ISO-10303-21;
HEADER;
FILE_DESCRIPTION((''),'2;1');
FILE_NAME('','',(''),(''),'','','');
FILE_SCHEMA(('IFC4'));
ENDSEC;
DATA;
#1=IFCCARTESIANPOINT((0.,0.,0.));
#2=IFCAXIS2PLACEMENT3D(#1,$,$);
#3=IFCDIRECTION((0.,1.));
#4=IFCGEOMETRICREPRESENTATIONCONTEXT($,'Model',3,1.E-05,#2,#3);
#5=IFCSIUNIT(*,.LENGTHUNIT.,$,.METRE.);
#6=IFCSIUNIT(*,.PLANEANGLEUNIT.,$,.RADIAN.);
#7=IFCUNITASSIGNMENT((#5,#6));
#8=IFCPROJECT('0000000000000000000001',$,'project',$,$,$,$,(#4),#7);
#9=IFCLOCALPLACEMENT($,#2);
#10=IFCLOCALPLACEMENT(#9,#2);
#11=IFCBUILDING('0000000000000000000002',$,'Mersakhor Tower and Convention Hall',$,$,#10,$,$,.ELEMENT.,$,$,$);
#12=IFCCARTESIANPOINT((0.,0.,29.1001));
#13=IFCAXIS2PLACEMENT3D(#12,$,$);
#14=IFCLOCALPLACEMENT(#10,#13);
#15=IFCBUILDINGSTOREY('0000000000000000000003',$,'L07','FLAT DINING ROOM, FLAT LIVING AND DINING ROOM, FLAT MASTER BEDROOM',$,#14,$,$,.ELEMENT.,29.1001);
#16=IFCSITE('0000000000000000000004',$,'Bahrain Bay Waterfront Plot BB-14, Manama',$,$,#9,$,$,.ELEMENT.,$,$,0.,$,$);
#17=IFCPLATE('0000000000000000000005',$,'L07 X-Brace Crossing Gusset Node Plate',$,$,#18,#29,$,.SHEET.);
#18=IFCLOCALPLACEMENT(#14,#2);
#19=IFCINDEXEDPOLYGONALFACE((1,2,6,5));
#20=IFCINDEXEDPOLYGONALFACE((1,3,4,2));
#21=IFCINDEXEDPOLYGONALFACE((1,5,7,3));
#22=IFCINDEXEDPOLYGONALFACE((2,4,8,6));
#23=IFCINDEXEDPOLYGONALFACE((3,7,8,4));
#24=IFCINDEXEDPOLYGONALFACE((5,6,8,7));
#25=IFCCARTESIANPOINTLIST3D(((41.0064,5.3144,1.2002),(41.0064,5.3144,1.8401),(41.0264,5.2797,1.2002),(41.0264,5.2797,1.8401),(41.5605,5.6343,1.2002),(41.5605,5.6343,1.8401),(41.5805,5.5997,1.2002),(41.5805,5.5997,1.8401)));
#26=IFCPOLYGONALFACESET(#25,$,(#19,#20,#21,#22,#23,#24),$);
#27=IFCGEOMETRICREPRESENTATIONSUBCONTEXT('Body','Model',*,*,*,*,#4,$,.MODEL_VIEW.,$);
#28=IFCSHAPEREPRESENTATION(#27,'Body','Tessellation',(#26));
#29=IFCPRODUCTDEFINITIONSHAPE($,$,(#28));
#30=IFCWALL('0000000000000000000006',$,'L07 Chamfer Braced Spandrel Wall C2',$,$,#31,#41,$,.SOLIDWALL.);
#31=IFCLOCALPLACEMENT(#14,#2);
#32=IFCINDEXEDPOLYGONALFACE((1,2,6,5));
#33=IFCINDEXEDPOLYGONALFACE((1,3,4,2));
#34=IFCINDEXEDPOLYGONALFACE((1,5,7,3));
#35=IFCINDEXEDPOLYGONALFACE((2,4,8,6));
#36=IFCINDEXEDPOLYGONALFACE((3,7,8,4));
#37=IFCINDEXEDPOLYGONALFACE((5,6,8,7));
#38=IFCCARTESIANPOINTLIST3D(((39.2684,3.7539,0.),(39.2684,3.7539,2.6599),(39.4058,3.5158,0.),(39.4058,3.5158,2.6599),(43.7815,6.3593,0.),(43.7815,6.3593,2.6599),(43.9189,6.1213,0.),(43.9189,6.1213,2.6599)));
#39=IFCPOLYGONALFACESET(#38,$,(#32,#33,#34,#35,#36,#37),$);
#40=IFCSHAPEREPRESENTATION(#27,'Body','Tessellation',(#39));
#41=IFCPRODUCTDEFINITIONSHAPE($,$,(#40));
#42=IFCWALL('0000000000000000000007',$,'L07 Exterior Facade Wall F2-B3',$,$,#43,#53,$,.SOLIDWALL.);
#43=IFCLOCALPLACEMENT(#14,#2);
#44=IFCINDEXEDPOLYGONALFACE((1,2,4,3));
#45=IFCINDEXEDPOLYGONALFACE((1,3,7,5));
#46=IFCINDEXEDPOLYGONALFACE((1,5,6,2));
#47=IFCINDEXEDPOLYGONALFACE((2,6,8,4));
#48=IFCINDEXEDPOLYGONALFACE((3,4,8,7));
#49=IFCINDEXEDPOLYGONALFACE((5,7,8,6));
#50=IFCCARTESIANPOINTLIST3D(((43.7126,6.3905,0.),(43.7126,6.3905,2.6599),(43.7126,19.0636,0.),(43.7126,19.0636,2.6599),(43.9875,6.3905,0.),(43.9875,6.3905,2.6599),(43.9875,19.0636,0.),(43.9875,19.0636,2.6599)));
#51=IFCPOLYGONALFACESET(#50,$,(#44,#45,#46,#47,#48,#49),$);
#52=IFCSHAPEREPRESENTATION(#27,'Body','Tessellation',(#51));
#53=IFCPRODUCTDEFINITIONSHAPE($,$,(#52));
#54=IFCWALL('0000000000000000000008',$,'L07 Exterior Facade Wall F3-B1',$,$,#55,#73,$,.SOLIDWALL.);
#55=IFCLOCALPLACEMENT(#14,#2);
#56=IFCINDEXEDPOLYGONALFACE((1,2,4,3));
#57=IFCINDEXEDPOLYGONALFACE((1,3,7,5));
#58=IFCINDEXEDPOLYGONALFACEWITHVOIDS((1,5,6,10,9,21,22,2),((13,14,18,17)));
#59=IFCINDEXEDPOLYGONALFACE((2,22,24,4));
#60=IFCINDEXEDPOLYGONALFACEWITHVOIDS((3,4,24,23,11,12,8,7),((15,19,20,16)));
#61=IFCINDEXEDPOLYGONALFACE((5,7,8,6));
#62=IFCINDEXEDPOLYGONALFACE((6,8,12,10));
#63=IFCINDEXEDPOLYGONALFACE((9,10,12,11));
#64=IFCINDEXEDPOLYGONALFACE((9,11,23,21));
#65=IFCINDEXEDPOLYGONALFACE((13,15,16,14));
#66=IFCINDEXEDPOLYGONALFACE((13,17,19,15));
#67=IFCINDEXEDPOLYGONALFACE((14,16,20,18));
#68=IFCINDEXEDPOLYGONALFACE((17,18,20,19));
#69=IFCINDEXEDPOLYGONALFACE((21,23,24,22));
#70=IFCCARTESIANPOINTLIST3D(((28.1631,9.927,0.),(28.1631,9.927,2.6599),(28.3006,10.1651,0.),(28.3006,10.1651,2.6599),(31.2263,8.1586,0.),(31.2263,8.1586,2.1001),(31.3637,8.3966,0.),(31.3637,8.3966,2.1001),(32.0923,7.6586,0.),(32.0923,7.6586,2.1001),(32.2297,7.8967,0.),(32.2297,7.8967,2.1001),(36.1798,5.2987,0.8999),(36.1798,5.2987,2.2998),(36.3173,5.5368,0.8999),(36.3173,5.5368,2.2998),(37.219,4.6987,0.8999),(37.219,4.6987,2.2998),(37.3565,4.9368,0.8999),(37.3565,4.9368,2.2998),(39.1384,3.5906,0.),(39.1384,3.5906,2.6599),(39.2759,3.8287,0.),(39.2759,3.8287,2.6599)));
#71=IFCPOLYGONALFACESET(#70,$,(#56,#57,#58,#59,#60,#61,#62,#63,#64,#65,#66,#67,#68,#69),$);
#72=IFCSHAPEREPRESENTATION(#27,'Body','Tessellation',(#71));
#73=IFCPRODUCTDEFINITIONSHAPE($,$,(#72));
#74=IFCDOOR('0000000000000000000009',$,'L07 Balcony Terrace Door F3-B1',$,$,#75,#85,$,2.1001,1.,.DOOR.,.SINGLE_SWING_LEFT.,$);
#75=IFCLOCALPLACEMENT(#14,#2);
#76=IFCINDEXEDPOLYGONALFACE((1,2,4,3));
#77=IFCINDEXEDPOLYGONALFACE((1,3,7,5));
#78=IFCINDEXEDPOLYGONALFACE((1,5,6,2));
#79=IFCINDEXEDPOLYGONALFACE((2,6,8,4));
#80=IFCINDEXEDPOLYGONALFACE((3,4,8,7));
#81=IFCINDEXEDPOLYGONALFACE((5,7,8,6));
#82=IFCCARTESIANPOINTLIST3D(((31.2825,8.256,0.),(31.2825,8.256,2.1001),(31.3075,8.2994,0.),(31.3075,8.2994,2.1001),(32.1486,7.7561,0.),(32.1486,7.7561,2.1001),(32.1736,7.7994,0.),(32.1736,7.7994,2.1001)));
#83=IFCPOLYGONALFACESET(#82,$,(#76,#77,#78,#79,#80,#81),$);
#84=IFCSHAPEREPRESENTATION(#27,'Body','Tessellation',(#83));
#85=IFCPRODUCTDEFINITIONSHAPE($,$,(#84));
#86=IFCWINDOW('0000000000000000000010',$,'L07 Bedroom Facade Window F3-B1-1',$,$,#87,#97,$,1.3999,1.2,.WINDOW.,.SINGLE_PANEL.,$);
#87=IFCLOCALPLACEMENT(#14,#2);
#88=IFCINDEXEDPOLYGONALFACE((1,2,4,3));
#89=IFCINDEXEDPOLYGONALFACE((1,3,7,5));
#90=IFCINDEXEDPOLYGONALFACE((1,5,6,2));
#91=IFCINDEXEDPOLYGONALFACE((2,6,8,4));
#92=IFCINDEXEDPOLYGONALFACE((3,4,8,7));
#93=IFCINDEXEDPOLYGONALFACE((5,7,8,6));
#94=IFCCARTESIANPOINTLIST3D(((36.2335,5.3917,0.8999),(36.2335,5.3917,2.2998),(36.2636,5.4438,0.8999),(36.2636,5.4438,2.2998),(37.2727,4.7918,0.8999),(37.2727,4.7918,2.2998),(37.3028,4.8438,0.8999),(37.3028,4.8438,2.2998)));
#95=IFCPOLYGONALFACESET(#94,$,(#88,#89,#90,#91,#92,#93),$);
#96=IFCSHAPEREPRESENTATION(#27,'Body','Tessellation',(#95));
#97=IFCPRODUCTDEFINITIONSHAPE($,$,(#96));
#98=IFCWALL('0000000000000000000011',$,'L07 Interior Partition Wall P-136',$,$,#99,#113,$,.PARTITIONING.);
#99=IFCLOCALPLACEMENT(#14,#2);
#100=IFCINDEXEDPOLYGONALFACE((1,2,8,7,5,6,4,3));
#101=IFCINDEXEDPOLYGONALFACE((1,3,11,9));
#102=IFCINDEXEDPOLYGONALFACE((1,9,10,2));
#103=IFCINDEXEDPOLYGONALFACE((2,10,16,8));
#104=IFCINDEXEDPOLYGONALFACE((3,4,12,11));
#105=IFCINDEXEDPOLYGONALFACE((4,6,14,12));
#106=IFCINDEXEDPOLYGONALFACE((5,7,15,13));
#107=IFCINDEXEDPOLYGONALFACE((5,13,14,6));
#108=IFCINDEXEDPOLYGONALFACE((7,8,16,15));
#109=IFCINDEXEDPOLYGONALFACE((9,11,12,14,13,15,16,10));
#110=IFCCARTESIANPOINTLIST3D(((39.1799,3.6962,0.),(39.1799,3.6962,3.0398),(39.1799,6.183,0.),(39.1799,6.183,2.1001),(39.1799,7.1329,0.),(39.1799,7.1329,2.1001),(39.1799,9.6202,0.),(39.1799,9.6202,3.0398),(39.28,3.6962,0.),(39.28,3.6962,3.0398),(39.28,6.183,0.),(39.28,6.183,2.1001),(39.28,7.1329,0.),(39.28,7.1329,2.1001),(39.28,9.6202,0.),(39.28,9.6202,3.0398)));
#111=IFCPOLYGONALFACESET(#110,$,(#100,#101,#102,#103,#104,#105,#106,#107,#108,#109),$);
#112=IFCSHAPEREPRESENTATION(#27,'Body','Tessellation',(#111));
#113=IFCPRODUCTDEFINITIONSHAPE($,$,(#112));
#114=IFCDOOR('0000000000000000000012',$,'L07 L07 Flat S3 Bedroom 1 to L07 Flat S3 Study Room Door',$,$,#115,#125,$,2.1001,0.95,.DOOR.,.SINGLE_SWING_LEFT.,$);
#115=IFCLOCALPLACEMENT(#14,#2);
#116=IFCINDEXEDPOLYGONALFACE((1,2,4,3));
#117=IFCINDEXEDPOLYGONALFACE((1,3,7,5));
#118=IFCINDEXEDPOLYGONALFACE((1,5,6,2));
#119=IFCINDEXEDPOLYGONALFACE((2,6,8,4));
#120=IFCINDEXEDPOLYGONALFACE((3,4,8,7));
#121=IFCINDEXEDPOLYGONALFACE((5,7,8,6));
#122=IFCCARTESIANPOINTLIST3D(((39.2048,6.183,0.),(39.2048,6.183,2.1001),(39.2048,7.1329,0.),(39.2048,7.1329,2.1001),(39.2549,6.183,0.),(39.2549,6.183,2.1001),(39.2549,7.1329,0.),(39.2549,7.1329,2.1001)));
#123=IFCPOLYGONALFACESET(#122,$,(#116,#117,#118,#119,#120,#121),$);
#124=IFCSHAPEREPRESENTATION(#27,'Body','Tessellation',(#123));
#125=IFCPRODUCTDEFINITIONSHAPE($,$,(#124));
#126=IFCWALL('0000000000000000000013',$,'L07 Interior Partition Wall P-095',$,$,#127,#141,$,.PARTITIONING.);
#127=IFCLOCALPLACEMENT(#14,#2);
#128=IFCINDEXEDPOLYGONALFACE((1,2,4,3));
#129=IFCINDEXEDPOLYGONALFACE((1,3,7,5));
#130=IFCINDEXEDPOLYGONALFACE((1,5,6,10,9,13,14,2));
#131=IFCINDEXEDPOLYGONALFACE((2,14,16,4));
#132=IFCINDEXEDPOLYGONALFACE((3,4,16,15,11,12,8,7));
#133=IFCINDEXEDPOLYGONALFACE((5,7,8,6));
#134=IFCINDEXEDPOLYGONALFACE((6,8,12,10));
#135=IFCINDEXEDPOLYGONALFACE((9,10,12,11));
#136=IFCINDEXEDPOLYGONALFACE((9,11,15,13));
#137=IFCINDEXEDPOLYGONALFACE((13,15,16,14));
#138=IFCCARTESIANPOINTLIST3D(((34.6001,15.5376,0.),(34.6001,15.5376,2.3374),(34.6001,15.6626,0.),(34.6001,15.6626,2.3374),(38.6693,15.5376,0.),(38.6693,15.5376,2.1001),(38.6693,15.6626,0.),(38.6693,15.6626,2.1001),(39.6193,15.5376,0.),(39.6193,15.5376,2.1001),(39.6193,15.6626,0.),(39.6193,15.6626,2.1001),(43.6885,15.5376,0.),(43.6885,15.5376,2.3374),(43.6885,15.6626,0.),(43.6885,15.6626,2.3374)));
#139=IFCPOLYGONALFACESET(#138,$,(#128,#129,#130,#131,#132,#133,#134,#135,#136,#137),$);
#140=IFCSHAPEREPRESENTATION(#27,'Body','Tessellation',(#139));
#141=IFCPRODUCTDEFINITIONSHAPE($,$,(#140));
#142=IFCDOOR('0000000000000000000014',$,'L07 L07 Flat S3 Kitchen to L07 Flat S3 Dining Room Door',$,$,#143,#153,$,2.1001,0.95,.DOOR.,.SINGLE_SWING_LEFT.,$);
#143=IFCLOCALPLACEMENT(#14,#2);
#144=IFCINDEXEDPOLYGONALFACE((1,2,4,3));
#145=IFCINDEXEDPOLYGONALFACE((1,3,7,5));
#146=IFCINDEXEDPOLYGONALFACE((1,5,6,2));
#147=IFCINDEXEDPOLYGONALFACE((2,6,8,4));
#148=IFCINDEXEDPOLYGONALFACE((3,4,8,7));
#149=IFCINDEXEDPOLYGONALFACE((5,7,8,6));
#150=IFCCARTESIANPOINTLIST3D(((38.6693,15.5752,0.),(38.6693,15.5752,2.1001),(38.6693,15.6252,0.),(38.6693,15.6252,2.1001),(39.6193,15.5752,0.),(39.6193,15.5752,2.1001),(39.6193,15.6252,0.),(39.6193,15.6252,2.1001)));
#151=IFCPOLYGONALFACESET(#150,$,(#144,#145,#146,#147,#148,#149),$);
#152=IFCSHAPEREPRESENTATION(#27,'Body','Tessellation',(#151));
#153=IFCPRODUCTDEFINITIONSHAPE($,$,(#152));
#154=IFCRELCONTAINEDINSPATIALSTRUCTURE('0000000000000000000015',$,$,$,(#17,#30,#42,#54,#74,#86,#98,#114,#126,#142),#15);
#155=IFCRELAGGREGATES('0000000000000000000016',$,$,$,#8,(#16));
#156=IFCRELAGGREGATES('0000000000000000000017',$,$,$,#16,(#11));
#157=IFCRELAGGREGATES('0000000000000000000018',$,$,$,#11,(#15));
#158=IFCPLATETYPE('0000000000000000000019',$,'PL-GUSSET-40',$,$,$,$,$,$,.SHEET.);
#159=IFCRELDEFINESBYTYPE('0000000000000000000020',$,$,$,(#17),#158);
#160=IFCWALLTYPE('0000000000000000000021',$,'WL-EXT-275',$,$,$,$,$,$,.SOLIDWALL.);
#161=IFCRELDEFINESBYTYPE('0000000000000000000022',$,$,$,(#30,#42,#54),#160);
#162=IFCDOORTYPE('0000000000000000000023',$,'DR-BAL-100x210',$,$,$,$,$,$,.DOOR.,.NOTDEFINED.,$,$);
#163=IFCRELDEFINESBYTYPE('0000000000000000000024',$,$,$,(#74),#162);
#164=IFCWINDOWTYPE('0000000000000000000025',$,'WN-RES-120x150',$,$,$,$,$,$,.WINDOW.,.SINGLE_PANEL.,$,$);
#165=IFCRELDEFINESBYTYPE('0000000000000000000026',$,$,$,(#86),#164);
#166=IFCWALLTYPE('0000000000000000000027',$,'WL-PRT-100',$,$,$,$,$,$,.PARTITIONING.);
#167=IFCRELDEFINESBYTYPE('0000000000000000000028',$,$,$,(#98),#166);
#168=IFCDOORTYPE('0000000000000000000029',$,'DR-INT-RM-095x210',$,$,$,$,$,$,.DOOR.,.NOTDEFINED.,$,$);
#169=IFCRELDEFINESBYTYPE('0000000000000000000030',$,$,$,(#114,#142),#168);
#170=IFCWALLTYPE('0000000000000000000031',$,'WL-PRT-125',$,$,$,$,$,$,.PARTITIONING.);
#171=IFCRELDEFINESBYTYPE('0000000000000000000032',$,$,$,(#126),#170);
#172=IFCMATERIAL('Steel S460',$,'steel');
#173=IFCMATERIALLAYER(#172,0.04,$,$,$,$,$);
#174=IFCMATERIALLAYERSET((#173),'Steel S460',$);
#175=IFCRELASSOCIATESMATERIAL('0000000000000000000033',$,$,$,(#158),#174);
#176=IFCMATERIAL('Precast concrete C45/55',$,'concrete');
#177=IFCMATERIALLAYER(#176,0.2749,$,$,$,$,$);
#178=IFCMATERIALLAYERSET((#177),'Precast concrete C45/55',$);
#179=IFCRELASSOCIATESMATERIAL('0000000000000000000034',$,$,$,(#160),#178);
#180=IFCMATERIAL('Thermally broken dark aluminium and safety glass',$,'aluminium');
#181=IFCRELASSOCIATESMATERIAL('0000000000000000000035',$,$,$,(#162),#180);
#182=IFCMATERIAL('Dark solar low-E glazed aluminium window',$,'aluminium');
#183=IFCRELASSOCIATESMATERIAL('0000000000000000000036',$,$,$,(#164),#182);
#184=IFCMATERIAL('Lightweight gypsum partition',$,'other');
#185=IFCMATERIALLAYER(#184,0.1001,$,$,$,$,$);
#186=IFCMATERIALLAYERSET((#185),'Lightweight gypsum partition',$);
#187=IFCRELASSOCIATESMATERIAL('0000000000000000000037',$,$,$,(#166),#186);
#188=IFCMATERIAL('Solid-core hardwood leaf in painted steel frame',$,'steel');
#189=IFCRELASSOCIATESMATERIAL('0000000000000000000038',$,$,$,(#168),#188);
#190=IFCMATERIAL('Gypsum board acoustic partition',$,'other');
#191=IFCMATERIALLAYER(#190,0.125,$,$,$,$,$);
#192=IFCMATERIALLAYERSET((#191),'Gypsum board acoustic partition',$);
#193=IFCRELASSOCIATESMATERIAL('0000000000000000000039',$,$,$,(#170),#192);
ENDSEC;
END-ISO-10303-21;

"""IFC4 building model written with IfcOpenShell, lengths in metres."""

from ifc_helpers import new_model, si_unit, direction, frame, frame_2d, origin, origin_2d, place, context, subcontext, project, spatial, rectangle, extrude, material, layer, layer_set, type_object, element, fill, save


model = new_model("IFC4")

# Units and contexts
model_context = context("Model", 3, precision=1e-05, world=origin(), true_north=direction((0.0, 1.0)))
body_context = subcontext(model_context, "Body", "Model", "MODEL_VIEW")
ifc_project = project(units=[si_unit("LENGTHUNIT", "METRE"), si_unit("PLANEANGLEUNIT", "RADIAN")], contexts=[model_context])

# Site, building, storey
site_placement = place(None, origin())
site = spatial("IfcSite", under=ifc_project, at=site_placement, Name="Bahrain Bay Waterfront Plot BB-14, Manama", CompositionType="ELEMENT", RefElevation=0.0)
building_placement = place(site_placement, origin())
building = spatial("IfcBuilding", under=site, at=building_placement, Name="Mersakhor Tower and Convention Hall", CompositionType="ELEMENT")
storey_placement = place(building_placement, frame((0.0, 0.0, 29.1001)))
storey = spatial("IfcBuildingStorey", under=building, at=storey_placement, Name="L07", Description="FLAT DINING ROOM, FLAT LIVING AND DINING ROOM, FLAT MASTER BEDROOM", CompositionType="ELEMENT", Elevation=29.1001)

# Plate
ifc_material_1 = material(Name="Steel S460", Category="steel")
ifc_layer_1 = layer(ifc_material_1, 0.04)
ifc_layer_set_1 = layer_set([ifc_layer_1], Name="Steel S460")
plate_type_1 = type_object("IfcPlateType", Name="PL-GUSSET-40", PredefinedType="SHEET", material=ifc_layer_set_1)
plate_1_placement = place(storey_placement, frame((41.2935, 5.457, 1.2002), z_axis=(0.0, 0.0, 1.0), x_axis=(0.866025, 0.5, 0.0)))
element("IfcPlate", 1, at=plate_1_placement, inside=storey, type_object=plate_type_1, Name="L07 X-Brace Crossing Gusset Node Plate", PredefinedType="SHEET", context=body_context, shape_type="SweptSolid", body=[
    extrude(rectangle(XDim=0.6399, YDim=0.04, at=origin_2d()), origin(), (0.0, 0.0, 1.0), 0.6399),
])

# Walls
ifc_material_2 = material(Name="Precast concrete C45/55", Category="concrete")
ifc_layer_2 = layer(ifc_material_2, 0.2749)
ifc_layer_set_2 = layer_set([ifc_layer_2], Name="Precast concrete C45/55")
wall_type_1 = type_object("IfcWallType", Name="WL-EXT-275", PredefinedType="SOLIDWALL", material=ifc_layer_set_2)
wall_1_placement = place(storey_placement, frame((43.8501, 6.2402, 0.0), z_axis=(0.0, 0.0, 1.0), x_axis=(-0.866044, -0.499968, 0.0)))
element("IfcWall", 2, at=wall_1_placement, inside=storey, type_object=wall_type_1, Name="L07 Chamfer Braced Spandrel Wall C2", PredefinedType="SOLIDWALL", context=body_context, shape_type="SweptSolid", body=[
    extrude(rectangle(XDim=5.2112, YDim=0.2749, at=frame_2d((2.6055, 0.0))), origin(), (0.0, 0.0, 1.0), 2.6599),
])
wall_2_placement = place(storey_placement, frame((43.8501, 19.0635, 0.0), z_axis=(0.0, 0.0, 1.0), x_axis=(0.0, -1.0, 0.0)))
element("IfcWall", 3, at=wall_2_placement, inside=storey, type_object=wall_type_1, Name="L07 Exterior Facade Wall F2-B3", PredefinedType="SOLIDWALL", context=body_context, shape_type="SweptSolid", body=[
    extrude(rectangle(XDim=12.6731, YDim=0.2749, at=frame_2d((6.3364, 0.0))), origin(), (0.0, 0.0, 1.0), 2.6599),
])

# Wall, openings, door, window
wall_3_placement = place(storey_placement, frame((39.207, 3.7097, 0.0), z_axis=(0.0, 0.0, 1.0), x_axis=(-0.866032, 0.499989, 0.0)))
wall_3 = element("IfcWall", 4, at=wall_3_placement, inside=storey, type_object=wall_type_1, Name="L07 Exterior Facade Wall F3-B1", PredefinedType="SOLIDWALL", context=body_context, shape_type="SweptSolid", body=[
    extrude(rectangle(XDim=12.6731, YDim=0.2749, at=frame_2d((6.3364, 0.0))), origin(), (0.0, 0.0, 1.0), 2.6599),
])
opening_1_placement = place(wall_3_placement, frame((8.136, 0.0, 0.0)))
opening_1 = element("IfcOpeningElement", 5, at=opening_1_placement, cuts=wall_3, PredefinedType="OPENING", context=body_context, shape_type="SweptSolid", body=[
    extrude(rectangle(XDim=1.0, YDim=2.1001, at=frame_2d((0.5, 1.05))), frame((0.0, 0.1475, 0.0), z_axis=(0.0, -1.0, 0.0), x_axis=(1.0, 0.0, 0.0)), (0.0, 0.0, 1.0), 0.2949),
])
opening_2_placement = place(wall_3_placement, frame((2.2161, 0.0, 0.8999)))
opening_2 = element("IfcOpeningElement", 6, at=opening_2_placement, cuts=wall_3, PredefinedType="OPENING", context=body_context, shape_type="SweptSolid", body=[
    extrude(rectangle(XDim=1.2, YDim=1.3999, at=frame_2d((0.6001, 0.7))), frame((0.0, 0.1475, 0.0), z_axis=(0.0, -1.0, 0.0), x_axis=(1.0, 0.0, 0.0)), (0.0, 0.0, 1.0), 0.2949),
])
ifc_material_3 = material(Name="Thermally broken dark aluminium and safety glass", Category="aluminium")
door_type_1 = type_object("IfcDoorType", Name="DR-BAL-100x210", OperationType="NOTDEFINED", PredefinedType="DOOR", material=ifc_material_3)
door_1_placement = place(opening_1_placement, origin())
door_1 = element("IfcDoor", 7, at=door_1_placement, inside=storey, type_object=door_type_1, Name="L07 Balcony Terrace Door F3-B1", OperationType="SINGLE_SWING_LEFT", OverallHeight=2.1001, OverallWidth=1.0, PredefinedType="DOOR", context=body_context, shape_type="SweptSolid", body=[
    extrude(rectangle(XDim=1.0, YDim=2.1001, at=frame_2d((0.5, 1.05))), frame((0.0, 0.0249, 0.0), z_axis=(0.0, -1.0, 0.0), x_axis=(1.0, 0.0, 0.0)), (0.0, 0.0, 1.0), 0.05),
])
fill(opening_1, door_1)
ifc_material_4 = material(Name="Dark solar low-E glazed aluminium window", Category="aluminium")
window_type = type_object("IfcWindowType", Name="WN-RES-120x150", PartitioningType="SINGLE_PANEL", PredefinedType="WINDOW", material=ifc_material_4)
window_placement = place(opening_2_placement, origin())
window = element("IfcWindow", 8, at=window_placement, inside=storey, type_object=window_type, Name="L07 Bedroom Facade Window F3-B1-1", OverallHeight=1.3999, OverallWidth=1.2, PartitioningType="SINGLE_PANEL", PredefinedType="WINDOW", context=body_context, shape_type="SweptSolid", body=[
    extrude(rectangle(XDim=1.2, YDim=1.3999, at=frame_2d((0.6001, 0.7))), frame((0.0, 0.03, 0.0), z_axis=(0.0, -1.0, 0.0), x_axis=(1.0, 0.0, 0.0)), (0.0, 0.0, 1.0), 0.0601),
])
fill(opening_2, window)

# Walls, openings, doors
ifc_material_5 = material(Name="Lightweight gypsum partition", Category="other")
ifc_layer_3 = layer(ifc_material_5, 0.1001)
ifc_layer_set_3 = layer_set([ifc_layer_3], Name="Lightweight gypsum partition")
wall_type_2 = type_object("IfcWallType", Name="WL-PRT-100", PredefinedType="PARTITIONING", material=ifc_layer_set_3)
wall_4_placement = place(storey_placement, frame((39.23, 9.6201, 0.0), z_axis=(0.0, 0.0, 1.0), x_axis=(0.0, -1.0, 0.0)))
wall_4 = element("IfcWall", 9, at=wall_4_placement, inside=storey, type_object=wall_type_2, Name="L07 Interior Partition Wall P-136", PredefinedType="PARTITIONING", context=body_context, shape_type="SweptSolid", body=[
    extrude(rectangle(XDim=5.9241, YDim=0.1001, at=frame_2d((2.9619, 0.0))), origin(), (0.0, 0.0, 1.0), 3.0398),
])
opening_3_placement = place(wall_4_placement, frame((2.4871, 0.0, 0.0)))
opening_3 = element("IfcOpeningElement", 10, at=opening_3_placement, cuts=wall_4, PredefinedType="OPENING", context=body_context, shape_type="SweptSolid", body=[
    extrude(rectangle(XDim=0.95, YDim=2.1001, at=frame_2d((0.4751, 1.05))), frame((0.0, 0.0601, 0.0), z_axis=(0.0, -1.0, 0.0), x_axis=(1.0, 0.0, 0.0)), (0.0, 0.0, 1.0), 0.1201),
])
ifc_material_6 = material(Name="Solid-core hardwood leaf in painted steel frame", Category="steel")
door_type_2 = type_object("IfcDoorType", Name="DR-INT-RM-095x210", OperationType="NOTDEFINED", PredefinedType="DOOR", material=ifc_material_6)
door_2_placement = place(opening_3_placement, origin())
door_2 = element("IfcDoor", 11, at=door_2_placement, inside=storey, type_object=door_type_2, Name="L07 L07 Flat S3 Bedroom 1 to L07 Flat S3 Study Room Door", OperationType="SINGLE_SWING_LEFT", OverallHeight=2.1001, OverallWidth=0.95, PredefinedType="DOOR", context=body_context, shape_type="SweptSolid", body=[
    extrude(rectangle(XDim=0.95, YDim=2.1001, at=frame_2d((0.4751, 1.05))), frame((0.0, 0.0249, 0.0), z_axis=(0.0, -1.0, 0.0), x_axis=(1.0, 0.0, 0.0)), (0.0, 0.0, 1.0), 0.05),
])
fill(opening_3, door_2)
ifc_material_7 = material(Name="Gypsum board acoustic partition", Category="other")
ifc_layer_4 = layer(ifc_material_7, 0.125)
ifc_layer_set_4 = layer_set([ifc_layer_4], Name="Gypsum board acoustic partition")
wall_type_3 = type_object("IfcWallType", Name="WL-PRT-125", PredefinedType="PARTITIONING", material=ifc_layer_set_4)
wall_5_placement = place(storey_placement, frame((43.6885, 15.6001, 0.0), z_axis=(0.0, 0.0, 1.0), x_axis=(-1.0, 0.0, 0.0)))
wall_5 = element("IfcWall", 12, at=wall_5_placement, inside=storey, type_object=wall_type_3, Name="L07 Interior Partition Wall P-095", PredefinedType="PARTITIONING", context=body_context, shape_type="SweptSolid", body=[
    extrude(rectangle(XDim=9.0884, YDim=0.125, at=frame_2d((4.5442, 0.0))), origin(), (0.0, 0.0, 1.0), 2.3374),
])
opening_4_placement = place(wall_5_placement, frame((4.0691, 0.0, 0.0)))
opening_4 = element("IfcOpeningElement", 13, at=opening_4_placement, cuts=wall_5, PredefinedType="OPENING", context=body_context, shape_type="SweptSolid", body=[
    extrude(rectangle(XDim=0.95, YDim=2.1001, at=frame_2d((0.4751, 1.05))), frame((0.0, 0.0725, 0.0), z_axis=(0.0, -1.0, 0.0), x_axis=(1.0, 0.0, 0.0)), (0.0, 0.0, 1.0), 0.145),
])
door_3_placement = place(opening_4_placement, origin())
door_3 = element("IfcDoor", 14, at=door_3_placement, inside=storey, type_object=door_type_2, Name="L07 L07 Flat S3 Kitchen to L07 Flat S3 Dining Room Door", OperationType="SINGLE_SWING_LEFT", OverallHeight=2.1001, OverallWidth=0.95, PredefinedType="DOOR", context=body_context, shape_type="SweptSolid", body=[
    extrude(rectangle(XDim=0.95, YDim=2.1001, at=frame_2d((0.4751, 1.05))), frame((0.0, 0.0249, 0.0), z_axis=(0.0, -1.0, 0.0), x_axis=(1.0, 0.0, 0.0)), (0.0, 0.0, 1.0), 0.05),
])
fill(opening_4, door_3)

save(model, "model.ifc")
